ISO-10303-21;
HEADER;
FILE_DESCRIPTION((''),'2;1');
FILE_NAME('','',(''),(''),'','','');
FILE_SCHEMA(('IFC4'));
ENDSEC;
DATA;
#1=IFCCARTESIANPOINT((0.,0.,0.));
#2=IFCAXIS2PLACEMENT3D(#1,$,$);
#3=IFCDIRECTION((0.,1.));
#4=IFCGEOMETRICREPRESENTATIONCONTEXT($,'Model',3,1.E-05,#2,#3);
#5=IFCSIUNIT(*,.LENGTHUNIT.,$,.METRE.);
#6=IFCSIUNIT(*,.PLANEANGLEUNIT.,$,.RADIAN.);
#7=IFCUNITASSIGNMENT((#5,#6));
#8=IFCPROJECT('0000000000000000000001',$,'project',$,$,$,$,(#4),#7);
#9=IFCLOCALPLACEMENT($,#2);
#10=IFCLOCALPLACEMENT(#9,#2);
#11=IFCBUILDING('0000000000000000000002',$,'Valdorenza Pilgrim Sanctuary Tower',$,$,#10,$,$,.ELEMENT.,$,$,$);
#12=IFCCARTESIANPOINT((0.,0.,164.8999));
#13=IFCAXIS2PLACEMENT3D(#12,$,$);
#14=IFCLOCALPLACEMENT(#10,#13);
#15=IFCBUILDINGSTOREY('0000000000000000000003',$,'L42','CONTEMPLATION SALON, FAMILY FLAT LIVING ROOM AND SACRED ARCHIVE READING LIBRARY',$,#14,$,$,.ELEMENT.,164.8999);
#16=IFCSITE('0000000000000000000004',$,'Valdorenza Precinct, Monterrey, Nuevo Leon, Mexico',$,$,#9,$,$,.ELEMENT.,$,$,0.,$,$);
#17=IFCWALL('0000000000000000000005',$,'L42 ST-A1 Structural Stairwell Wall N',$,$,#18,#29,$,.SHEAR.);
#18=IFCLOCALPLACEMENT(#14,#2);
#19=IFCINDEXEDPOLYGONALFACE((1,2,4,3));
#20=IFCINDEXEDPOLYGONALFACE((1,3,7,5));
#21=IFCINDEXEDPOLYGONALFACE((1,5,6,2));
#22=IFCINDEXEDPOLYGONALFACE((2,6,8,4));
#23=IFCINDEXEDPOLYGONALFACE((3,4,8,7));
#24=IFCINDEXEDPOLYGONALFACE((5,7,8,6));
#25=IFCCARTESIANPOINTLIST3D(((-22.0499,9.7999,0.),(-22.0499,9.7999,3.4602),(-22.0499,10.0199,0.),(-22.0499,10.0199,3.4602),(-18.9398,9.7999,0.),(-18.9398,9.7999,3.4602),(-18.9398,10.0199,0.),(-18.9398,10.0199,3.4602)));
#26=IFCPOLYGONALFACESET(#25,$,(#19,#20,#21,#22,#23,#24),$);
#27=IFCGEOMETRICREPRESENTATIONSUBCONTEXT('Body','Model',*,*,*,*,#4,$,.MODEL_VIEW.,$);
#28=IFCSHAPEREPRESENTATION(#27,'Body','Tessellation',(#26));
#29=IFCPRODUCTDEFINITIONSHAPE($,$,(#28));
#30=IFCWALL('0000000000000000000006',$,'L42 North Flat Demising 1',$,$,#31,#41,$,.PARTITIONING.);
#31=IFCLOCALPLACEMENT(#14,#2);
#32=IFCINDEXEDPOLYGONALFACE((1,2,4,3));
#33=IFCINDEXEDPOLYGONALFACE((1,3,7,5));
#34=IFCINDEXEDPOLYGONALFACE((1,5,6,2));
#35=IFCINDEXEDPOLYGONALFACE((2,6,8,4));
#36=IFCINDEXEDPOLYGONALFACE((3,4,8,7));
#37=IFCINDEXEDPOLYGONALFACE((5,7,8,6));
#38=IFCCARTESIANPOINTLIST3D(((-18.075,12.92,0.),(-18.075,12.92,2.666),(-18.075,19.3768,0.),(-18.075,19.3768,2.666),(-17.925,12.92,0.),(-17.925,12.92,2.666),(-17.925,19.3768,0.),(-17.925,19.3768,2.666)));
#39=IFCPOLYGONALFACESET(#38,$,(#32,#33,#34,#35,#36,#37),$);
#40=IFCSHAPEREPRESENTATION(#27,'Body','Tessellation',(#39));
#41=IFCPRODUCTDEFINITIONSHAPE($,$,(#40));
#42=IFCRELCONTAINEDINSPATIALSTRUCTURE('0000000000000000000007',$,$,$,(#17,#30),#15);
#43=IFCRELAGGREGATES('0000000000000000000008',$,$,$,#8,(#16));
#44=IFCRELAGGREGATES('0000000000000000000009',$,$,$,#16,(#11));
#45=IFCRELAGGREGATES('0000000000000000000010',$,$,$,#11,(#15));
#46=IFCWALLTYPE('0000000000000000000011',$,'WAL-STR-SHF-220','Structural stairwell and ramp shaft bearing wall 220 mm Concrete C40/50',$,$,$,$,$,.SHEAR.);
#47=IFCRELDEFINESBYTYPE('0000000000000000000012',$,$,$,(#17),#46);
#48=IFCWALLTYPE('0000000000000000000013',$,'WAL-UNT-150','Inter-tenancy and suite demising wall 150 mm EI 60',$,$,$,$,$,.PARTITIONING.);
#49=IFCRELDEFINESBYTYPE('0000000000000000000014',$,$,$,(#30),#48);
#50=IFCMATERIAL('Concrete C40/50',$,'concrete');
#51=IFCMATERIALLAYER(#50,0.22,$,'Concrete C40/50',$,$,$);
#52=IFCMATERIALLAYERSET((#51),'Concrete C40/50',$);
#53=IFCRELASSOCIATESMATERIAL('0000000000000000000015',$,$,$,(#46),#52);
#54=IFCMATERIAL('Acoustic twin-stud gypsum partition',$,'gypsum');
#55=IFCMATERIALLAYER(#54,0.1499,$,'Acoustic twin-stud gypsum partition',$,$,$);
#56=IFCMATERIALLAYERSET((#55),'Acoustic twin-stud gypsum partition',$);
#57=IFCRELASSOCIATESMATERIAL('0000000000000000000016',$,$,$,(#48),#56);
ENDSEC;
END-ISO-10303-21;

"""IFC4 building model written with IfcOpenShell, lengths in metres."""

from ifc_helpers import new_model, si_unit, direction, frame, frame_2d, origin, place, context, subcontext, project, spatial, rectangle, extrude, material, layer, layer_set, type_object, element, save


model = new_model("IFC4")

# Units and contexts
model_context = context("Model", 3, precision=1e-05, world=origin(), true_north=direction((0.0, 1.0)))
body_context = subcontext(model_context, "Body", "Model", "MODEL_VIEW")
ifc_project = project(units=[si_unit("LENGTHUNIT", "METRE"), si_unit("PLANEANGLEUNIT", "RADIAN")], contexts=[model_context])

# Site, building, storey
site_placement = place(None, origin())
site = spatial("IfcSite", under=ifc_project, at=site_placement, Name="Valdorenza Precinct, Monterrey, Nuevo Leon, Mexico", CompositionType="ELEMENT", RefElevation=0.0)
building_placement = place(site_placement, origin())
building = spatial("IfcBuilding", under=site, at=building_placement, Name="Valdorenza Pilgrim Sanctuary Tower", CompositionType="ELEMENT")
storey_placement = place(building_placement, frame((0.0, 0.0, 164.8999)))
storey = spatial("IfcBuildingStorey", under=building, at=storey_placement, Name="L42", Description="CONTEMPLATION SALON, FAMILY FLAT LIVING ROOM AND SACRED ARCHIVE READING LIBRARY", CompositionType="ELEMENT", Elevation=164.8999)

# Shared definitions
ifc_material_1 = material(Name="Acoustic twin-stud gypsum partition", Category="gypsum")

# Walls
ifc_material_2 = material(Name="Concrete C40/50", Category="concrete")
ifc_layer_1 = layer(ifc_material_2, 0.22, Name="Concrete C40/50")
ifc_layer_set_1 = layer_set([ifc_layer_1], Name="Concrete C40/50")
wall_type_1 = type_object("IfcWallType", Name="WAL-STR-SHF-220", Description="Structural stairwell and ramp shaft bearing wall 220 mm Concrete C40/50", PredefinedType="SHEAR", material=ifc_layer_set_1)
wall_1_placement = place(storey_placement, frame((-22.05, 9.9099, 0.0), z_axis=(0.0, 0.0, 1.0), x_axis=(1.0, 0.0, 0.0)))
element("IfcWall", 1, at=wall_1_placement, inside=storey, type_object=wall_type_1, Name="L42 ST-A1 Structural Stairwell Wall N", PredefinedType="SHEAR", context=body_context, shape_type="SweptSolid", body=[
    extrude(rectangle(XDim=3.1101, YDim=0.22, at=frame_2d((1.5552, 0.0))), origin(), (0.0, 0.0, 1.0), 3.4602),
])
ifc_layer_2 = layer(ifc_material_1, 0.1499, Name="Acoustic twin-stud gypsum partition")
ifc_layer_set_2 = layer_set([ifc_layer_2], Name="Acoustic twin-stud gypsum partition")
wall_type_2 = type_object("IfcWallType", Name="WAL-UNT-150", Description="Inter-tenancy and suite demising wall 150 mm EI 60", PredefinedType="PARTITIONING", material=ifc_layer_set_2)
wall_2_placement = place(storey_placement, frame((-18.0, 12.9199, 0.0), z_axis=(0.0, 0.0, 1.0), x_axis=(0.0, 1.0, 0.0)))
element("IfcWall", 2, at=wall_2_placement, inside=storey, type_object=wall_type_2, Name="L42 North Flat Demising 1", PredefinedType="PARTITIONING", context=body_context, shape_type="SweptSolid", body=[
    extrude(rectangle(XDim=6.4568, YDim=0.1499, at=frame_2d((3.2285, 0.0))), origin(), (0.0, 0.0, 1.0), 2.666),
])

save(model, "model.ifc")
